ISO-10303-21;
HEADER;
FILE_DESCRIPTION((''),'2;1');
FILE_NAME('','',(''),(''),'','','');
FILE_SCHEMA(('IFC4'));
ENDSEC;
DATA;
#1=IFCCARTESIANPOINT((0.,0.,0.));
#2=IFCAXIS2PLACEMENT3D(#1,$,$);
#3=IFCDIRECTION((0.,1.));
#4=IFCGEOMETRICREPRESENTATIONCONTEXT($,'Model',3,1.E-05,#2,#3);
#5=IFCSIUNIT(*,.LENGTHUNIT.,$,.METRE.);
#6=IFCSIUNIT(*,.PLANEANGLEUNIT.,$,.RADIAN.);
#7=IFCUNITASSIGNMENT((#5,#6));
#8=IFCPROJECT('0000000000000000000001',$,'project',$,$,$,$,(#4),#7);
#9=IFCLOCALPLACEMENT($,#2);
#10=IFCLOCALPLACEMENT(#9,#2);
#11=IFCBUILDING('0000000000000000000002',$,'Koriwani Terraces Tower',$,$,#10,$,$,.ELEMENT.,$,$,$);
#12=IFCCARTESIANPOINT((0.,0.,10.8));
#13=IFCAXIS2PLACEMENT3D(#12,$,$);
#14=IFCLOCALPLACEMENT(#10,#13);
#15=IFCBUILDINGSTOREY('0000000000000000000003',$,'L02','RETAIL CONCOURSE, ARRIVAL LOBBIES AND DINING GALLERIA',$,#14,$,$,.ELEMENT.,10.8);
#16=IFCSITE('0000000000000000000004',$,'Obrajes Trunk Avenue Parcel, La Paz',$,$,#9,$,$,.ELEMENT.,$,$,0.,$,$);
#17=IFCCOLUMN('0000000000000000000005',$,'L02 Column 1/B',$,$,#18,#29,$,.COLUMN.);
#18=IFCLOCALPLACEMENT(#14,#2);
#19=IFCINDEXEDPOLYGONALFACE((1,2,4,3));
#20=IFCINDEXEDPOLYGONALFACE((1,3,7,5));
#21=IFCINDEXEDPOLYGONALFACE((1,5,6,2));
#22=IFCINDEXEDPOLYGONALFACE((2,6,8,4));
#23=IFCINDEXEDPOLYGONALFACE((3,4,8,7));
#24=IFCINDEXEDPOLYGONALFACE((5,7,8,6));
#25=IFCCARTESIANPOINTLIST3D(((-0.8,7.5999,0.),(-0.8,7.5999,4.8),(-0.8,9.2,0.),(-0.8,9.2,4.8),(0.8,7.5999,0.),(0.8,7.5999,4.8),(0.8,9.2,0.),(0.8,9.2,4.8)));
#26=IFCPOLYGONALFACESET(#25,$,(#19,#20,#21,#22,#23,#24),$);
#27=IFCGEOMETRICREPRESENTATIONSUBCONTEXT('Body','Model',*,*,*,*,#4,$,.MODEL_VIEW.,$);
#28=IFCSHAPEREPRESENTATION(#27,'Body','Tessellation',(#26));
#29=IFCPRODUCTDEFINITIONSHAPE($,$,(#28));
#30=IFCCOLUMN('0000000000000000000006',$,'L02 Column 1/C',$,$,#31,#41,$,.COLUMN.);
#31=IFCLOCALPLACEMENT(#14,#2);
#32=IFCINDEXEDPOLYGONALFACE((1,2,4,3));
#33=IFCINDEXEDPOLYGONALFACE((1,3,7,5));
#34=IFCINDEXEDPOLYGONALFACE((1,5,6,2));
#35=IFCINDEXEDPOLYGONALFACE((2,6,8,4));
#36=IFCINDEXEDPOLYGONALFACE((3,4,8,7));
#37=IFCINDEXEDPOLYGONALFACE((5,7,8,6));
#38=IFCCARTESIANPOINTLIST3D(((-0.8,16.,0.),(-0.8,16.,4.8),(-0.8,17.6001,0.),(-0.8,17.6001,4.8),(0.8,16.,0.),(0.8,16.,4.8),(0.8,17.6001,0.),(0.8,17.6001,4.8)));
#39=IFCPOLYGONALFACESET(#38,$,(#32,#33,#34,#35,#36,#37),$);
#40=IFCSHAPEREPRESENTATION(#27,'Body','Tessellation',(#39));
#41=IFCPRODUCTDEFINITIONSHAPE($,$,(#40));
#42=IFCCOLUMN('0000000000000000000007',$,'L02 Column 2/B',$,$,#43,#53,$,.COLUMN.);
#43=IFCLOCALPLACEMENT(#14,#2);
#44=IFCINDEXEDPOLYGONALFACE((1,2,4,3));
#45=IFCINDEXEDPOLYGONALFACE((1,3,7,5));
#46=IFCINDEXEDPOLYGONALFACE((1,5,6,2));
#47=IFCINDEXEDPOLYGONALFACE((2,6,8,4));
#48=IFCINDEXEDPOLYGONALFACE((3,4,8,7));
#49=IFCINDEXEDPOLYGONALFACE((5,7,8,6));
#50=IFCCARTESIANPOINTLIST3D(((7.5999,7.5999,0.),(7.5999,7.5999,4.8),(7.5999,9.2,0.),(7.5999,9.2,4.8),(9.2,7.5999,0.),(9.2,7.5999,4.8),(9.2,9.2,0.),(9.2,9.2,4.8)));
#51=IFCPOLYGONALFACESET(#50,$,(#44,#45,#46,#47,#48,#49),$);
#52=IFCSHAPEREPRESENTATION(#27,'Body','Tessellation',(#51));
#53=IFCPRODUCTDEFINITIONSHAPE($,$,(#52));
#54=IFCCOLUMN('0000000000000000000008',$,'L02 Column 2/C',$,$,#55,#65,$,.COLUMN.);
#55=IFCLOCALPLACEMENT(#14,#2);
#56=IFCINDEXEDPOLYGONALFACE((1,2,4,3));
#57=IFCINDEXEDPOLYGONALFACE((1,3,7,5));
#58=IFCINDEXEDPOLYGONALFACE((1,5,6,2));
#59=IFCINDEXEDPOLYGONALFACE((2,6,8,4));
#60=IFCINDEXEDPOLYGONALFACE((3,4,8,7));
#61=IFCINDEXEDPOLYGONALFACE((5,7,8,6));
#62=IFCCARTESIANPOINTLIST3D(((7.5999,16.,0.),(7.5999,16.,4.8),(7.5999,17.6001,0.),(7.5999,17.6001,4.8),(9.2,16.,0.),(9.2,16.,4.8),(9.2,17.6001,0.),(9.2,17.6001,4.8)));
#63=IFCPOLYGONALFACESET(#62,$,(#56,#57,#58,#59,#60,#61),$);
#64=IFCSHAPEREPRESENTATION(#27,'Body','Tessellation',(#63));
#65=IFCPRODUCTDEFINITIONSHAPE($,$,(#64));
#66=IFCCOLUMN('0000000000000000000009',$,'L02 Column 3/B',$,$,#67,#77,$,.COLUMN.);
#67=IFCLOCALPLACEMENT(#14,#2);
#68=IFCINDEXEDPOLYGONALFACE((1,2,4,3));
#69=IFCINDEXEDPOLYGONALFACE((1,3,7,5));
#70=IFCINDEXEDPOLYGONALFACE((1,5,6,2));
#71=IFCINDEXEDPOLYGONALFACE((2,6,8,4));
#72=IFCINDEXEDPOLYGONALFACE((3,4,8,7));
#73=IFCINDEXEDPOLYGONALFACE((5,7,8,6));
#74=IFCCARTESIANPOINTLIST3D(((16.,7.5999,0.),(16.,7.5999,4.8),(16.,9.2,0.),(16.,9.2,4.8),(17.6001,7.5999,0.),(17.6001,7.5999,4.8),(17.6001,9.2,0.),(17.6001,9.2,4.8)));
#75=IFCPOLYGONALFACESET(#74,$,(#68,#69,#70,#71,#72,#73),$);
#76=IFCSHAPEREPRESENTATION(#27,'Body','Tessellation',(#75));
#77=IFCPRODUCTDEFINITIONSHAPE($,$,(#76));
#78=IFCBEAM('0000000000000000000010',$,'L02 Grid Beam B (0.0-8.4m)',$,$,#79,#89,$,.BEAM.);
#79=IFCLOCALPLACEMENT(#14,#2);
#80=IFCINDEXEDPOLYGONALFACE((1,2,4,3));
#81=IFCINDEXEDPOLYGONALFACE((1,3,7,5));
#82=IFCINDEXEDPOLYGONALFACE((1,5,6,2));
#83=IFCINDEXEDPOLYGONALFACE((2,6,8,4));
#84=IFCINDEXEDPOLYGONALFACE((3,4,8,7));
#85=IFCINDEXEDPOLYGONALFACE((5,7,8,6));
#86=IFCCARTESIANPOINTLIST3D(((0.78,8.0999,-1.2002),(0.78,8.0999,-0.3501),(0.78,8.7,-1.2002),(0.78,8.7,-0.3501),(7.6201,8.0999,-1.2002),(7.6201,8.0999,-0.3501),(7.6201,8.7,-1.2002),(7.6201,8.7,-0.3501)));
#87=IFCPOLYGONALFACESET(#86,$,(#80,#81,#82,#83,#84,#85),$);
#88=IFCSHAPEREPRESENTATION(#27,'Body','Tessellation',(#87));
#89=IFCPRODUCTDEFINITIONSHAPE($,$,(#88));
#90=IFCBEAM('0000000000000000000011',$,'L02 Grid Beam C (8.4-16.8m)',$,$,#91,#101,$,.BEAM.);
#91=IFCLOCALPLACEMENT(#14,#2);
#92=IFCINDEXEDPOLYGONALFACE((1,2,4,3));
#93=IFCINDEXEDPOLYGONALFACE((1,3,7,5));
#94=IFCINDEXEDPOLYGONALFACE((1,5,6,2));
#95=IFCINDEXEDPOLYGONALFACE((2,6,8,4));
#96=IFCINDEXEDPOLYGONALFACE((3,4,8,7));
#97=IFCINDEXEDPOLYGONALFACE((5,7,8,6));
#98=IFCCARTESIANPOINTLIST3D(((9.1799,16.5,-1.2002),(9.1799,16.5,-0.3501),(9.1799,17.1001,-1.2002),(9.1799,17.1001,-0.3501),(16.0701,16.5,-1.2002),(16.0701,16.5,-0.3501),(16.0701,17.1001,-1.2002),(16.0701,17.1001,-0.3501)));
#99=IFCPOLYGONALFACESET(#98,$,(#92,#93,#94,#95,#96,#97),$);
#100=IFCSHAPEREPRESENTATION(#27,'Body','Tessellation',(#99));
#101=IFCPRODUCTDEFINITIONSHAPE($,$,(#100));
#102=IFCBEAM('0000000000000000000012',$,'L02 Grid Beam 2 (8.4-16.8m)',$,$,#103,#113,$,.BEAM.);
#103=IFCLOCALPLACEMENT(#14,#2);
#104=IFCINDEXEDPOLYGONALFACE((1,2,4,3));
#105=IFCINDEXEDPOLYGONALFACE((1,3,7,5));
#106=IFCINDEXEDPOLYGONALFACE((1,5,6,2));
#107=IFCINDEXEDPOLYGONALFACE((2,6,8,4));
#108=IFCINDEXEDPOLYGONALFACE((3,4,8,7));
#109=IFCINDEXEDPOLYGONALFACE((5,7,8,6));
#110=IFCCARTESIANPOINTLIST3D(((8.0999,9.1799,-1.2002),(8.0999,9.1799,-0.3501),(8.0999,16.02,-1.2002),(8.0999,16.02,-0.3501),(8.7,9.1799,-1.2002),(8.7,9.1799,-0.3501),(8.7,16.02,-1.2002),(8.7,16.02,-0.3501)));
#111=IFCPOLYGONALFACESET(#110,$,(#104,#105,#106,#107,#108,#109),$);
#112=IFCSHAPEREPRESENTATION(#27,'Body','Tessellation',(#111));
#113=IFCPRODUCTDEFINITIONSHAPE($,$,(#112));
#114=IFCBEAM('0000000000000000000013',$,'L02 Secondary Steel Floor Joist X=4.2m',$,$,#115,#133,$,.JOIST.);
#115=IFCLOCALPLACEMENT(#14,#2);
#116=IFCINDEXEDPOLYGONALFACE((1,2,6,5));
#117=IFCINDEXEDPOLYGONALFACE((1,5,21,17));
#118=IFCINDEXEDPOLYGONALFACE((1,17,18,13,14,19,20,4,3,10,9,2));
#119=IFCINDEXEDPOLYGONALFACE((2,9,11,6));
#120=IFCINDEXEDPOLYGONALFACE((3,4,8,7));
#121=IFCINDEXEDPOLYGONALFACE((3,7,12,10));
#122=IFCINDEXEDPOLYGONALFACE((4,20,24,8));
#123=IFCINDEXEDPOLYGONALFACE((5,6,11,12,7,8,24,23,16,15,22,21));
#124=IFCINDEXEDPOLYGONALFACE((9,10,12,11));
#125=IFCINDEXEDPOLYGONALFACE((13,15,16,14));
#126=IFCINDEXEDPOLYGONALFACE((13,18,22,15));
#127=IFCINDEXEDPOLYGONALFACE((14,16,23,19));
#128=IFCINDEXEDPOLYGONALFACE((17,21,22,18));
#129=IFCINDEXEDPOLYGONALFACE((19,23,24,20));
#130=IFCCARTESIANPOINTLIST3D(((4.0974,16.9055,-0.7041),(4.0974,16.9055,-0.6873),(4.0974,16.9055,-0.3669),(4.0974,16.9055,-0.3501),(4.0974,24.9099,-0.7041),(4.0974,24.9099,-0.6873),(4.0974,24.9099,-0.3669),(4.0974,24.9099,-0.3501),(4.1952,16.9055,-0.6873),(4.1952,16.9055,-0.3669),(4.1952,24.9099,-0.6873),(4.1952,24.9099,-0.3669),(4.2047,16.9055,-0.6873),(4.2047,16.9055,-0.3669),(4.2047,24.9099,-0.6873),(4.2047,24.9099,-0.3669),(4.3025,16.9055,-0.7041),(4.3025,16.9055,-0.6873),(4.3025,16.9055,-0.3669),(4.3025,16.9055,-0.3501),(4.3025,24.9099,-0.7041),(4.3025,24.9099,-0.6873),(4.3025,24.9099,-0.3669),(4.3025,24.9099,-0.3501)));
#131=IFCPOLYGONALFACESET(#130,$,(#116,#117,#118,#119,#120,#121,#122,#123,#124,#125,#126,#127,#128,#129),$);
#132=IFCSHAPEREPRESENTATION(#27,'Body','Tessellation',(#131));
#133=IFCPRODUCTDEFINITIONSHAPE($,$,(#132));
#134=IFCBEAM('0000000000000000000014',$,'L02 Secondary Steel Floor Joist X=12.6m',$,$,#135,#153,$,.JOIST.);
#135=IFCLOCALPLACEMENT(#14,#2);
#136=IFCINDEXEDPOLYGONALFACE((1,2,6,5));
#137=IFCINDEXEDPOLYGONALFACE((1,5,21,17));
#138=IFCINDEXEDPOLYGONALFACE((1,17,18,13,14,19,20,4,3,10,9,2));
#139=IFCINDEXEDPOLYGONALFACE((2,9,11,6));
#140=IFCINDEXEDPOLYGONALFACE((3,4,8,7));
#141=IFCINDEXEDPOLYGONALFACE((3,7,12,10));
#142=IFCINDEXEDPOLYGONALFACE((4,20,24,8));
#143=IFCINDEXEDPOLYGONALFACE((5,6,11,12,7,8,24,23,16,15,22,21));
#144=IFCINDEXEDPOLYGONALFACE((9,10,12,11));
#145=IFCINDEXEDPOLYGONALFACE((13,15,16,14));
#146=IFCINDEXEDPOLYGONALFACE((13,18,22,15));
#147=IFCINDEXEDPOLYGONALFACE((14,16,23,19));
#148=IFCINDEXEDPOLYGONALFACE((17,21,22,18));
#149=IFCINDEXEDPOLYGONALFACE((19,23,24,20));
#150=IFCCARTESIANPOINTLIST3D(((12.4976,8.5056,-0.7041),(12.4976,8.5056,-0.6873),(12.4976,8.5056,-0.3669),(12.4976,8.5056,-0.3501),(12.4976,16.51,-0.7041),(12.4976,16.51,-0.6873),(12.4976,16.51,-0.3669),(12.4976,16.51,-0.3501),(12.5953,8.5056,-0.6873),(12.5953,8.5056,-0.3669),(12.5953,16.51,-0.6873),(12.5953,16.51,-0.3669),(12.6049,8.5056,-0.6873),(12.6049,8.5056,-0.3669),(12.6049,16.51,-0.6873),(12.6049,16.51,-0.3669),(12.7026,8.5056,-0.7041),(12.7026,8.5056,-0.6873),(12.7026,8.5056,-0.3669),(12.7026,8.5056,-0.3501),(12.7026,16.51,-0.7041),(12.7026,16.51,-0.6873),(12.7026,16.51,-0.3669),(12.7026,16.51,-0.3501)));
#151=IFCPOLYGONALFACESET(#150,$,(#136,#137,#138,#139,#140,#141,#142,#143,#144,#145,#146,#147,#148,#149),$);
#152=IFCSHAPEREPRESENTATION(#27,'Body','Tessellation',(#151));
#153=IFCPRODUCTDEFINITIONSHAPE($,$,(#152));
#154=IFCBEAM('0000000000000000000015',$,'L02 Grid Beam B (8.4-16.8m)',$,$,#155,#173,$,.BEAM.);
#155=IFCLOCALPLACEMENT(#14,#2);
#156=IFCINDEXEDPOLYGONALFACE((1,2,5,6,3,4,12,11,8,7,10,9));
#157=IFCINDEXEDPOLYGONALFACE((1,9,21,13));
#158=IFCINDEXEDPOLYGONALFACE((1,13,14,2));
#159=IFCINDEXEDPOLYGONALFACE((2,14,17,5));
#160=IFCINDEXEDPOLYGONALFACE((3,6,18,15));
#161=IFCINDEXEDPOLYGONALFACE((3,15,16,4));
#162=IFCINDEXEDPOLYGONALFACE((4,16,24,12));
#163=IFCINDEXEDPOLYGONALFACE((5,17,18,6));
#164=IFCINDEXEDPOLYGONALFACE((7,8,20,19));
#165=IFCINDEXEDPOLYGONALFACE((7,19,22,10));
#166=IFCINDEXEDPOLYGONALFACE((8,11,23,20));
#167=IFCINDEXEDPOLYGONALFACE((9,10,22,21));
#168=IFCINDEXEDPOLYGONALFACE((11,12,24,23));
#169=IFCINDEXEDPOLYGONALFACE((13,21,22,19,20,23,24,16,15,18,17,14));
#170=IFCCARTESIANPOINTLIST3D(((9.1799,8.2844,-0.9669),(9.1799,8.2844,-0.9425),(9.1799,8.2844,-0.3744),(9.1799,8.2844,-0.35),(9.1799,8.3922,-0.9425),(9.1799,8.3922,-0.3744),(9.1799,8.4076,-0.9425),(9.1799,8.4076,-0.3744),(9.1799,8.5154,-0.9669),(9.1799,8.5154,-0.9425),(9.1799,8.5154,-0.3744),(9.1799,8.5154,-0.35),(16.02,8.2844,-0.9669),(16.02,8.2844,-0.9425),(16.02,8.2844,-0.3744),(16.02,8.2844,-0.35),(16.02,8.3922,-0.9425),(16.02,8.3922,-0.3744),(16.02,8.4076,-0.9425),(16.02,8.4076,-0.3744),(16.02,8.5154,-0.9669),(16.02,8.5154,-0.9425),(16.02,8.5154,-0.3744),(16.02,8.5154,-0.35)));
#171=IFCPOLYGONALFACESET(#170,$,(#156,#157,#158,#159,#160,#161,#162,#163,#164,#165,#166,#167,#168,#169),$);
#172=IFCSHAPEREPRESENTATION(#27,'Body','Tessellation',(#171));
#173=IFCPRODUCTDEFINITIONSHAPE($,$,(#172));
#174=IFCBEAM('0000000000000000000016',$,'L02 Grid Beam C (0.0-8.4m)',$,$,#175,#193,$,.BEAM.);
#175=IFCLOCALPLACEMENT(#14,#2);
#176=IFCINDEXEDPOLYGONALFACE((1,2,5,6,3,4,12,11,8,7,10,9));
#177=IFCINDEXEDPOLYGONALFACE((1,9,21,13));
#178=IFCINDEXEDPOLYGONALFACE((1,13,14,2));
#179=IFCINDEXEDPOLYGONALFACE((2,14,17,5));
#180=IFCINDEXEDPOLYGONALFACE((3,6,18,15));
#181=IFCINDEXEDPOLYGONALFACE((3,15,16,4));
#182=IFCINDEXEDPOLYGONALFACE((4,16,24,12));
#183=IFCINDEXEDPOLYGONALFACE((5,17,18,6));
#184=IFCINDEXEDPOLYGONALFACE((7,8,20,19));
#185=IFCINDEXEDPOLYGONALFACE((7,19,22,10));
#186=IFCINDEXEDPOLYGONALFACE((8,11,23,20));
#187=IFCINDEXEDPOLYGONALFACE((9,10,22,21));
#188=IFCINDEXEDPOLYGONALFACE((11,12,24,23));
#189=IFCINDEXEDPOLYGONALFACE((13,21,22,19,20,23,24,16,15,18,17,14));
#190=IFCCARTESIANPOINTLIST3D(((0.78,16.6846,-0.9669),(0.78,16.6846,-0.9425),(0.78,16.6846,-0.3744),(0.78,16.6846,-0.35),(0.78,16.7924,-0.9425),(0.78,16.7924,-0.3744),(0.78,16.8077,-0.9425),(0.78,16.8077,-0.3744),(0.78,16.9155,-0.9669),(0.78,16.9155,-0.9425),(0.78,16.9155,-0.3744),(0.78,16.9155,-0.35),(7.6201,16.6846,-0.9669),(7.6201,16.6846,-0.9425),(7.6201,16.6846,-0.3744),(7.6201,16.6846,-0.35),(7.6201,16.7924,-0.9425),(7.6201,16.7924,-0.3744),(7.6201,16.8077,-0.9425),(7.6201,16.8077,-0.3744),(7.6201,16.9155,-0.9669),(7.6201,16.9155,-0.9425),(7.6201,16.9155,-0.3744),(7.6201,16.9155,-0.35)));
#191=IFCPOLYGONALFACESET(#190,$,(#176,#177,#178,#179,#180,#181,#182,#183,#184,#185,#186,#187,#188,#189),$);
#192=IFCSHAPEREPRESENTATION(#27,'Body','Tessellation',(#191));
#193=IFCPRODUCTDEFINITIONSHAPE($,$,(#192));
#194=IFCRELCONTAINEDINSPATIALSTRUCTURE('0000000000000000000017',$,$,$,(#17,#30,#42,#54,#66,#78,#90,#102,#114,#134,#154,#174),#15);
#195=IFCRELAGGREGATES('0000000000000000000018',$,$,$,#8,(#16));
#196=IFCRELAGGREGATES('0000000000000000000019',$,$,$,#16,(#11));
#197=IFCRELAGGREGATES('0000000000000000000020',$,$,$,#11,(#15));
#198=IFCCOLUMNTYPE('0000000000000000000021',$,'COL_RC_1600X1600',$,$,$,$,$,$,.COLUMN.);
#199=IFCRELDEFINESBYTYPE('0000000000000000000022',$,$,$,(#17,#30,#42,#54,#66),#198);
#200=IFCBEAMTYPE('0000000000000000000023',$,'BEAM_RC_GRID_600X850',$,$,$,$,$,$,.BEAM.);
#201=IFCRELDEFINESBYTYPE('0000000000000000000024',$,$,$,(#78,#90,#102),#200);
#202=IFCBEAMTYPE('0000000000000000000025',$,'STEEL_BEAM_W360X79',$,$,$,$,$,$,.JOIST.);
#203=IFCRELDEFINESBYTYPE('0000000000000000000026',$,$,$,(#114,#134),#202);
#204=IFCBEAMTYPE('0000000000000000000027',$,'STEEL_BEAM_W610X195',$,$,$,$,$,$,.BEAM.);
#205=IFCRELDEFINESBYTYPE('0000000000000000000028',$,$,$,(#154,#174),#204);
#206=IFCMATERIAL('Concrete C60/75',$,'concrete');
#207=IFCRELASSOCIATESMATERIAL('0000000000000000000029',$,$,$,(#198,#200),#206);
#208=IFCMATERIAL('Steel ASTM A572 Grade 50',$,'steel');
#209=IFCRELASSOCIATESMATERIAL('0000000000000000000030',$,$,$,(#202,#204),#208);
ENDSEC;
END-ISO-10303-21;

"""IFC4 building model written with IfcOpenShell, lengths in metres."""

from ifc_helpers import new_model, si_unit, direction, frame, origin, origin_2d, place, context, subcontext, project, spatial, rectangle, i_section, extrude, material, material_profile, profile_set, type_object, element, save


model = new_model("IFC4")

# Units and contexts
model_context = context("Model", 3, precision=1e-05, world=origin(), true_north=direction((0.0, 1.0)))
body_context = subcontext(model_context, "Body", "Model", "MODEL_VIEW")
ifc_project = project(units=[si_unit("LENGTHUNIT", "METRE"), si_unit("PLANEANGLEUNIT", "RADIAN")], contexts=[model_context])

# Site, building, storey
site_placement = place(None, origin())
site = spatial("IfcSite", under=ifc_project, at=site_placement, Name="Obrajes Trunk Avenue Parcel, La Paz", CompositionType="ELEMENT", RefElevation=0.0)
building_placement = place(site_placement, origin())
building = spatial("IfcBuilding", under=site, at=building_placement, Name="Koriwani Terraces Tower", CompositionType="ELEMENT")
storey_placement = place(building_placement, frame((0.0, 0.0, 10.8)))
storey = spatial("IfcBuildingStorey", under=building, at=storey_placement, Name="L02", Description="RETAIL CONCOURSE, ARRIVAL LOBBIES AND DINING GALLERIA", CompositionType="ELEMENT", Elevation=10.8)

# Columns
ifc_material_1 = material(Name="Concrete C60/75", Category="concrete")
ifc_material_profile_1 = material_profile(ifc_material_1, rectangle(XDim=1.6001, YDim=1.6001, at=origin_2d()), Name="Concrete C60/75", Category="LoadBearing")
ifc_profile_set_1 = profile_set([ifc_material_profile_1], Name="Concrete C60/75")
column_type = type_object("IfcColumnType", Name="COL_RC_1600X1600", PredefinedType="COLUMN", material=ifc_profile_set_1)
for number, where, z_axis, x_axis, name in (
    (1, (0.0, 8.3999, 0.0), (0.0, 0.0, 1.0), (1.0, 0.0, 0.0), "L02 Column 1/B"),
    (2, (0.0, 16.8, 0.0), (0.0, 0.0, 1.0), (1.0, 0.0, 0.0), "L02 Column 1/C"),
    (3, (8.3999, 8.3999, 0.0), (0.0, 0.0, 1.0), (1.0, 0.0, 0.0), "L02 Column 2/B"),
    (4, (8.3999, 16.8, 0.0), (0.0, 0.0, 1.0), (1.0, 0.0, 0.0), "L02 Column 2/C"),
    (5, (16.8, 8.3999, 0.0), (0.0, 0.0, 1.0), (1.0, 0.0, 0.0), "L02 Column 3/B"),
):
    element("IfcColumn", number, at=place(storey_placement, frame(where, z_axis=z_axis, x_axis=x_axis)), inside=storey, type_object=column_type, Name=name, PredefinedType="COLUMN", context=body_context, shape_type="SweptSolid", body=[
        extrude(rectangle(XDim=1.6001, YDim=1.6001, at=origin_2d()), origin(), (0.0, 0.0, 1.0), 4.8),
    ])

# Beams
ifc_material_profile_2 = material_profile(ifc_material_1, rectangle(XDim=0.6001, YDim=0.8501, at=origin_2d()), Name="Concrete C60/75", Category="LoadBearing")
ifc_profile_set_2 = profile_set([ifc_material_profile_2], Name="Concrete C60/75")
beam_type_1 = type_object("IfcBeamType", Name="BEAM_RC_GRID_600X850", PredefinedType="BEAM", material=ifc_profile_set_2)
beam_1_placement = place(storey_placement, frame((0.78, 8.3999, -0.7751), z_axis=(1.0, 0.0, 0.0), x_axis=(0.0, 1.0, 0.0)))
element("IfcBeam", 6, at=beam_1_placement, inside=storey, type_object=beam_type_1, Name="L02 Grid Beam B (0.0-8.4m)", PredefinedType="BEAM", context=body_context, shape_type="SweptSolid", body=[
    extrude(rectangle(XDim=0.6001, YDim=0.8501, at=origin_2d()), origin(), (0.0, 0.0, 1.0), 6.8401),
])
beam_2_placement = place(storey_placement, frame((9.1799, 16.8, -0.7751), z_axis=(1.0, 0.0, 0.0), x_axis=(0.0, 1.0, 0.0)))
element("IfcBeam", 7, at=beam_2_placement, inside=storey, type_object=beam_type_1, Name="L02 Grid Beam C (8.4-16.8m)", PredefinedType="BEAM", context=body_context, shape_type="SweptSolid", body=[
    extrude(rectangle(XDim=0.6001, YDim=0.8501, at=origin_2d()), origin(), (0.0, 0.0, 1.0), 6.8901),
])
beam_3_placement = place(storey_placement, frame((8.3999, 9.1799, -0.7751), z_axis=(0.0, 1.0, 0.0), x_axis=(-1.0, 0.0, 0.0)))
element("IfcBeam", 8, at=beam_3_placement, inside=storey, type_object=beam_type_1, Name="L02 Grid Beam 2 (8.4-16.8m)", PredefinedType="BEAM", context=body_context, shape_type="SweptSolid", body=[
    extrude(rectangle(XDim=0.6001, YDim=0.8501, at=origin_2d()), origin(), (0.0, 0.0, 1.0), 6.8401),
])
ifc_material_2 = material(Name="Steel ASTM A572 Grade 50", Category="steel")
ifc_material_profile_3 = material_profile(ifc_material_2, i_section(OverallWidth=0.2051, OverallDepth=0.354, WebThickness=0.0095, FlangeThickness=0.0168, at=origin_2d()), Name="Steel ASTM A572 Grade 50", Category="LoadBearing")
ifc_profile_set_3 = profile_set([ifc_material_profile_3], Name="Steel ASTM A572 Grade 50")
beam_type_2 = type_object("IfcBeamType", Name="STEEL_BEAM_W360X79", PredefinedType="JOIST", material=ifc_profile_set_3)
for number, where, z_axis, x_axis, name in (
    (9, (4.2, 16.9055, -0.5271), (0.0, 1.0, 0.0), (-1.0, 0.0, 0.0), "L02 Secondary Steel Floor Joist X=4.2m"),
    (10, (12.6001, 8.5056, -0.5271), (0.0, 1.0, 0.0), (-1.0, 0.0, 0.0), "L02 Secondary Steel Floor Joist X=12.6m"),
):
    element("IfcBeam", number, at=place(storey_placement, frame(where, z_axis=z_axis, x_axis=x_axis)), inside=storey, type_object=beam_type_2, Name=name, PredefinedType="JOIST", context=body_context, shape_type="SweptSolid", body=[
        extrude(i_section(OverallWidth=0.2051, OverallDepth=0.354, WebThickness=0.0095, FlangeThickness=0.0168, at=origin_2d()), origin(), (0.0, 0.0, 1.0), 8.0044),
    ])
ifc_material_profile_4 = material_profile(ifc_material_2, i_section(OverallWidth=0.231, OverallDepth=0.6169, WebThickness=0.0154, FlangeThickness=0.0244, at=origin_2d()), Name="Steel ASTM A572 Grade 50", Category="LoadBearing")
ifc_profile_set_4 = profile_set([ifc_material_profile_4], Name="Steel ASTM A572 Grade 50")
beam_type_3 = type_object("IfcBeamType", Name="STEEL_BEAM_W610X195", PredefinedType="BEAM", material=ifc_profile_set_4)
for number, where, z_axis, x_axis, name in (
    (11, (9.1799, 8.3999, -0.6584), (1.0, 0.0, 0.0), (0.0, 1.0, 0.0), "L02 Grid Beam B (8.4-16.8m)"),
    (12, (0.78, 16.8, -0.6584), (1.0, 0.0, 0.0), (0.0, 1.0, 0.0), "L02 Grid Beam C (0.0-8.4m)"),
):
    element("IfcBeam", number, at=place(storey_placement, frame(where, z_axis=z_axis, x_axis=x_axis)), inside=storey, type_object=beam_type_3, Name=name, PredefinedType="BEAM", context=body_context, shape_type="SweptSolid", body=[
        extrude(i_section(OverallWidth=0.231, OverallDepth=0.6169, WebThickness=0.0154, FlangeThickness=0.0244, at=origin_2d()), origin(), (0.0, 0.0, 1.0), 6.8401),
    ])

save(model, "model.ifc")
